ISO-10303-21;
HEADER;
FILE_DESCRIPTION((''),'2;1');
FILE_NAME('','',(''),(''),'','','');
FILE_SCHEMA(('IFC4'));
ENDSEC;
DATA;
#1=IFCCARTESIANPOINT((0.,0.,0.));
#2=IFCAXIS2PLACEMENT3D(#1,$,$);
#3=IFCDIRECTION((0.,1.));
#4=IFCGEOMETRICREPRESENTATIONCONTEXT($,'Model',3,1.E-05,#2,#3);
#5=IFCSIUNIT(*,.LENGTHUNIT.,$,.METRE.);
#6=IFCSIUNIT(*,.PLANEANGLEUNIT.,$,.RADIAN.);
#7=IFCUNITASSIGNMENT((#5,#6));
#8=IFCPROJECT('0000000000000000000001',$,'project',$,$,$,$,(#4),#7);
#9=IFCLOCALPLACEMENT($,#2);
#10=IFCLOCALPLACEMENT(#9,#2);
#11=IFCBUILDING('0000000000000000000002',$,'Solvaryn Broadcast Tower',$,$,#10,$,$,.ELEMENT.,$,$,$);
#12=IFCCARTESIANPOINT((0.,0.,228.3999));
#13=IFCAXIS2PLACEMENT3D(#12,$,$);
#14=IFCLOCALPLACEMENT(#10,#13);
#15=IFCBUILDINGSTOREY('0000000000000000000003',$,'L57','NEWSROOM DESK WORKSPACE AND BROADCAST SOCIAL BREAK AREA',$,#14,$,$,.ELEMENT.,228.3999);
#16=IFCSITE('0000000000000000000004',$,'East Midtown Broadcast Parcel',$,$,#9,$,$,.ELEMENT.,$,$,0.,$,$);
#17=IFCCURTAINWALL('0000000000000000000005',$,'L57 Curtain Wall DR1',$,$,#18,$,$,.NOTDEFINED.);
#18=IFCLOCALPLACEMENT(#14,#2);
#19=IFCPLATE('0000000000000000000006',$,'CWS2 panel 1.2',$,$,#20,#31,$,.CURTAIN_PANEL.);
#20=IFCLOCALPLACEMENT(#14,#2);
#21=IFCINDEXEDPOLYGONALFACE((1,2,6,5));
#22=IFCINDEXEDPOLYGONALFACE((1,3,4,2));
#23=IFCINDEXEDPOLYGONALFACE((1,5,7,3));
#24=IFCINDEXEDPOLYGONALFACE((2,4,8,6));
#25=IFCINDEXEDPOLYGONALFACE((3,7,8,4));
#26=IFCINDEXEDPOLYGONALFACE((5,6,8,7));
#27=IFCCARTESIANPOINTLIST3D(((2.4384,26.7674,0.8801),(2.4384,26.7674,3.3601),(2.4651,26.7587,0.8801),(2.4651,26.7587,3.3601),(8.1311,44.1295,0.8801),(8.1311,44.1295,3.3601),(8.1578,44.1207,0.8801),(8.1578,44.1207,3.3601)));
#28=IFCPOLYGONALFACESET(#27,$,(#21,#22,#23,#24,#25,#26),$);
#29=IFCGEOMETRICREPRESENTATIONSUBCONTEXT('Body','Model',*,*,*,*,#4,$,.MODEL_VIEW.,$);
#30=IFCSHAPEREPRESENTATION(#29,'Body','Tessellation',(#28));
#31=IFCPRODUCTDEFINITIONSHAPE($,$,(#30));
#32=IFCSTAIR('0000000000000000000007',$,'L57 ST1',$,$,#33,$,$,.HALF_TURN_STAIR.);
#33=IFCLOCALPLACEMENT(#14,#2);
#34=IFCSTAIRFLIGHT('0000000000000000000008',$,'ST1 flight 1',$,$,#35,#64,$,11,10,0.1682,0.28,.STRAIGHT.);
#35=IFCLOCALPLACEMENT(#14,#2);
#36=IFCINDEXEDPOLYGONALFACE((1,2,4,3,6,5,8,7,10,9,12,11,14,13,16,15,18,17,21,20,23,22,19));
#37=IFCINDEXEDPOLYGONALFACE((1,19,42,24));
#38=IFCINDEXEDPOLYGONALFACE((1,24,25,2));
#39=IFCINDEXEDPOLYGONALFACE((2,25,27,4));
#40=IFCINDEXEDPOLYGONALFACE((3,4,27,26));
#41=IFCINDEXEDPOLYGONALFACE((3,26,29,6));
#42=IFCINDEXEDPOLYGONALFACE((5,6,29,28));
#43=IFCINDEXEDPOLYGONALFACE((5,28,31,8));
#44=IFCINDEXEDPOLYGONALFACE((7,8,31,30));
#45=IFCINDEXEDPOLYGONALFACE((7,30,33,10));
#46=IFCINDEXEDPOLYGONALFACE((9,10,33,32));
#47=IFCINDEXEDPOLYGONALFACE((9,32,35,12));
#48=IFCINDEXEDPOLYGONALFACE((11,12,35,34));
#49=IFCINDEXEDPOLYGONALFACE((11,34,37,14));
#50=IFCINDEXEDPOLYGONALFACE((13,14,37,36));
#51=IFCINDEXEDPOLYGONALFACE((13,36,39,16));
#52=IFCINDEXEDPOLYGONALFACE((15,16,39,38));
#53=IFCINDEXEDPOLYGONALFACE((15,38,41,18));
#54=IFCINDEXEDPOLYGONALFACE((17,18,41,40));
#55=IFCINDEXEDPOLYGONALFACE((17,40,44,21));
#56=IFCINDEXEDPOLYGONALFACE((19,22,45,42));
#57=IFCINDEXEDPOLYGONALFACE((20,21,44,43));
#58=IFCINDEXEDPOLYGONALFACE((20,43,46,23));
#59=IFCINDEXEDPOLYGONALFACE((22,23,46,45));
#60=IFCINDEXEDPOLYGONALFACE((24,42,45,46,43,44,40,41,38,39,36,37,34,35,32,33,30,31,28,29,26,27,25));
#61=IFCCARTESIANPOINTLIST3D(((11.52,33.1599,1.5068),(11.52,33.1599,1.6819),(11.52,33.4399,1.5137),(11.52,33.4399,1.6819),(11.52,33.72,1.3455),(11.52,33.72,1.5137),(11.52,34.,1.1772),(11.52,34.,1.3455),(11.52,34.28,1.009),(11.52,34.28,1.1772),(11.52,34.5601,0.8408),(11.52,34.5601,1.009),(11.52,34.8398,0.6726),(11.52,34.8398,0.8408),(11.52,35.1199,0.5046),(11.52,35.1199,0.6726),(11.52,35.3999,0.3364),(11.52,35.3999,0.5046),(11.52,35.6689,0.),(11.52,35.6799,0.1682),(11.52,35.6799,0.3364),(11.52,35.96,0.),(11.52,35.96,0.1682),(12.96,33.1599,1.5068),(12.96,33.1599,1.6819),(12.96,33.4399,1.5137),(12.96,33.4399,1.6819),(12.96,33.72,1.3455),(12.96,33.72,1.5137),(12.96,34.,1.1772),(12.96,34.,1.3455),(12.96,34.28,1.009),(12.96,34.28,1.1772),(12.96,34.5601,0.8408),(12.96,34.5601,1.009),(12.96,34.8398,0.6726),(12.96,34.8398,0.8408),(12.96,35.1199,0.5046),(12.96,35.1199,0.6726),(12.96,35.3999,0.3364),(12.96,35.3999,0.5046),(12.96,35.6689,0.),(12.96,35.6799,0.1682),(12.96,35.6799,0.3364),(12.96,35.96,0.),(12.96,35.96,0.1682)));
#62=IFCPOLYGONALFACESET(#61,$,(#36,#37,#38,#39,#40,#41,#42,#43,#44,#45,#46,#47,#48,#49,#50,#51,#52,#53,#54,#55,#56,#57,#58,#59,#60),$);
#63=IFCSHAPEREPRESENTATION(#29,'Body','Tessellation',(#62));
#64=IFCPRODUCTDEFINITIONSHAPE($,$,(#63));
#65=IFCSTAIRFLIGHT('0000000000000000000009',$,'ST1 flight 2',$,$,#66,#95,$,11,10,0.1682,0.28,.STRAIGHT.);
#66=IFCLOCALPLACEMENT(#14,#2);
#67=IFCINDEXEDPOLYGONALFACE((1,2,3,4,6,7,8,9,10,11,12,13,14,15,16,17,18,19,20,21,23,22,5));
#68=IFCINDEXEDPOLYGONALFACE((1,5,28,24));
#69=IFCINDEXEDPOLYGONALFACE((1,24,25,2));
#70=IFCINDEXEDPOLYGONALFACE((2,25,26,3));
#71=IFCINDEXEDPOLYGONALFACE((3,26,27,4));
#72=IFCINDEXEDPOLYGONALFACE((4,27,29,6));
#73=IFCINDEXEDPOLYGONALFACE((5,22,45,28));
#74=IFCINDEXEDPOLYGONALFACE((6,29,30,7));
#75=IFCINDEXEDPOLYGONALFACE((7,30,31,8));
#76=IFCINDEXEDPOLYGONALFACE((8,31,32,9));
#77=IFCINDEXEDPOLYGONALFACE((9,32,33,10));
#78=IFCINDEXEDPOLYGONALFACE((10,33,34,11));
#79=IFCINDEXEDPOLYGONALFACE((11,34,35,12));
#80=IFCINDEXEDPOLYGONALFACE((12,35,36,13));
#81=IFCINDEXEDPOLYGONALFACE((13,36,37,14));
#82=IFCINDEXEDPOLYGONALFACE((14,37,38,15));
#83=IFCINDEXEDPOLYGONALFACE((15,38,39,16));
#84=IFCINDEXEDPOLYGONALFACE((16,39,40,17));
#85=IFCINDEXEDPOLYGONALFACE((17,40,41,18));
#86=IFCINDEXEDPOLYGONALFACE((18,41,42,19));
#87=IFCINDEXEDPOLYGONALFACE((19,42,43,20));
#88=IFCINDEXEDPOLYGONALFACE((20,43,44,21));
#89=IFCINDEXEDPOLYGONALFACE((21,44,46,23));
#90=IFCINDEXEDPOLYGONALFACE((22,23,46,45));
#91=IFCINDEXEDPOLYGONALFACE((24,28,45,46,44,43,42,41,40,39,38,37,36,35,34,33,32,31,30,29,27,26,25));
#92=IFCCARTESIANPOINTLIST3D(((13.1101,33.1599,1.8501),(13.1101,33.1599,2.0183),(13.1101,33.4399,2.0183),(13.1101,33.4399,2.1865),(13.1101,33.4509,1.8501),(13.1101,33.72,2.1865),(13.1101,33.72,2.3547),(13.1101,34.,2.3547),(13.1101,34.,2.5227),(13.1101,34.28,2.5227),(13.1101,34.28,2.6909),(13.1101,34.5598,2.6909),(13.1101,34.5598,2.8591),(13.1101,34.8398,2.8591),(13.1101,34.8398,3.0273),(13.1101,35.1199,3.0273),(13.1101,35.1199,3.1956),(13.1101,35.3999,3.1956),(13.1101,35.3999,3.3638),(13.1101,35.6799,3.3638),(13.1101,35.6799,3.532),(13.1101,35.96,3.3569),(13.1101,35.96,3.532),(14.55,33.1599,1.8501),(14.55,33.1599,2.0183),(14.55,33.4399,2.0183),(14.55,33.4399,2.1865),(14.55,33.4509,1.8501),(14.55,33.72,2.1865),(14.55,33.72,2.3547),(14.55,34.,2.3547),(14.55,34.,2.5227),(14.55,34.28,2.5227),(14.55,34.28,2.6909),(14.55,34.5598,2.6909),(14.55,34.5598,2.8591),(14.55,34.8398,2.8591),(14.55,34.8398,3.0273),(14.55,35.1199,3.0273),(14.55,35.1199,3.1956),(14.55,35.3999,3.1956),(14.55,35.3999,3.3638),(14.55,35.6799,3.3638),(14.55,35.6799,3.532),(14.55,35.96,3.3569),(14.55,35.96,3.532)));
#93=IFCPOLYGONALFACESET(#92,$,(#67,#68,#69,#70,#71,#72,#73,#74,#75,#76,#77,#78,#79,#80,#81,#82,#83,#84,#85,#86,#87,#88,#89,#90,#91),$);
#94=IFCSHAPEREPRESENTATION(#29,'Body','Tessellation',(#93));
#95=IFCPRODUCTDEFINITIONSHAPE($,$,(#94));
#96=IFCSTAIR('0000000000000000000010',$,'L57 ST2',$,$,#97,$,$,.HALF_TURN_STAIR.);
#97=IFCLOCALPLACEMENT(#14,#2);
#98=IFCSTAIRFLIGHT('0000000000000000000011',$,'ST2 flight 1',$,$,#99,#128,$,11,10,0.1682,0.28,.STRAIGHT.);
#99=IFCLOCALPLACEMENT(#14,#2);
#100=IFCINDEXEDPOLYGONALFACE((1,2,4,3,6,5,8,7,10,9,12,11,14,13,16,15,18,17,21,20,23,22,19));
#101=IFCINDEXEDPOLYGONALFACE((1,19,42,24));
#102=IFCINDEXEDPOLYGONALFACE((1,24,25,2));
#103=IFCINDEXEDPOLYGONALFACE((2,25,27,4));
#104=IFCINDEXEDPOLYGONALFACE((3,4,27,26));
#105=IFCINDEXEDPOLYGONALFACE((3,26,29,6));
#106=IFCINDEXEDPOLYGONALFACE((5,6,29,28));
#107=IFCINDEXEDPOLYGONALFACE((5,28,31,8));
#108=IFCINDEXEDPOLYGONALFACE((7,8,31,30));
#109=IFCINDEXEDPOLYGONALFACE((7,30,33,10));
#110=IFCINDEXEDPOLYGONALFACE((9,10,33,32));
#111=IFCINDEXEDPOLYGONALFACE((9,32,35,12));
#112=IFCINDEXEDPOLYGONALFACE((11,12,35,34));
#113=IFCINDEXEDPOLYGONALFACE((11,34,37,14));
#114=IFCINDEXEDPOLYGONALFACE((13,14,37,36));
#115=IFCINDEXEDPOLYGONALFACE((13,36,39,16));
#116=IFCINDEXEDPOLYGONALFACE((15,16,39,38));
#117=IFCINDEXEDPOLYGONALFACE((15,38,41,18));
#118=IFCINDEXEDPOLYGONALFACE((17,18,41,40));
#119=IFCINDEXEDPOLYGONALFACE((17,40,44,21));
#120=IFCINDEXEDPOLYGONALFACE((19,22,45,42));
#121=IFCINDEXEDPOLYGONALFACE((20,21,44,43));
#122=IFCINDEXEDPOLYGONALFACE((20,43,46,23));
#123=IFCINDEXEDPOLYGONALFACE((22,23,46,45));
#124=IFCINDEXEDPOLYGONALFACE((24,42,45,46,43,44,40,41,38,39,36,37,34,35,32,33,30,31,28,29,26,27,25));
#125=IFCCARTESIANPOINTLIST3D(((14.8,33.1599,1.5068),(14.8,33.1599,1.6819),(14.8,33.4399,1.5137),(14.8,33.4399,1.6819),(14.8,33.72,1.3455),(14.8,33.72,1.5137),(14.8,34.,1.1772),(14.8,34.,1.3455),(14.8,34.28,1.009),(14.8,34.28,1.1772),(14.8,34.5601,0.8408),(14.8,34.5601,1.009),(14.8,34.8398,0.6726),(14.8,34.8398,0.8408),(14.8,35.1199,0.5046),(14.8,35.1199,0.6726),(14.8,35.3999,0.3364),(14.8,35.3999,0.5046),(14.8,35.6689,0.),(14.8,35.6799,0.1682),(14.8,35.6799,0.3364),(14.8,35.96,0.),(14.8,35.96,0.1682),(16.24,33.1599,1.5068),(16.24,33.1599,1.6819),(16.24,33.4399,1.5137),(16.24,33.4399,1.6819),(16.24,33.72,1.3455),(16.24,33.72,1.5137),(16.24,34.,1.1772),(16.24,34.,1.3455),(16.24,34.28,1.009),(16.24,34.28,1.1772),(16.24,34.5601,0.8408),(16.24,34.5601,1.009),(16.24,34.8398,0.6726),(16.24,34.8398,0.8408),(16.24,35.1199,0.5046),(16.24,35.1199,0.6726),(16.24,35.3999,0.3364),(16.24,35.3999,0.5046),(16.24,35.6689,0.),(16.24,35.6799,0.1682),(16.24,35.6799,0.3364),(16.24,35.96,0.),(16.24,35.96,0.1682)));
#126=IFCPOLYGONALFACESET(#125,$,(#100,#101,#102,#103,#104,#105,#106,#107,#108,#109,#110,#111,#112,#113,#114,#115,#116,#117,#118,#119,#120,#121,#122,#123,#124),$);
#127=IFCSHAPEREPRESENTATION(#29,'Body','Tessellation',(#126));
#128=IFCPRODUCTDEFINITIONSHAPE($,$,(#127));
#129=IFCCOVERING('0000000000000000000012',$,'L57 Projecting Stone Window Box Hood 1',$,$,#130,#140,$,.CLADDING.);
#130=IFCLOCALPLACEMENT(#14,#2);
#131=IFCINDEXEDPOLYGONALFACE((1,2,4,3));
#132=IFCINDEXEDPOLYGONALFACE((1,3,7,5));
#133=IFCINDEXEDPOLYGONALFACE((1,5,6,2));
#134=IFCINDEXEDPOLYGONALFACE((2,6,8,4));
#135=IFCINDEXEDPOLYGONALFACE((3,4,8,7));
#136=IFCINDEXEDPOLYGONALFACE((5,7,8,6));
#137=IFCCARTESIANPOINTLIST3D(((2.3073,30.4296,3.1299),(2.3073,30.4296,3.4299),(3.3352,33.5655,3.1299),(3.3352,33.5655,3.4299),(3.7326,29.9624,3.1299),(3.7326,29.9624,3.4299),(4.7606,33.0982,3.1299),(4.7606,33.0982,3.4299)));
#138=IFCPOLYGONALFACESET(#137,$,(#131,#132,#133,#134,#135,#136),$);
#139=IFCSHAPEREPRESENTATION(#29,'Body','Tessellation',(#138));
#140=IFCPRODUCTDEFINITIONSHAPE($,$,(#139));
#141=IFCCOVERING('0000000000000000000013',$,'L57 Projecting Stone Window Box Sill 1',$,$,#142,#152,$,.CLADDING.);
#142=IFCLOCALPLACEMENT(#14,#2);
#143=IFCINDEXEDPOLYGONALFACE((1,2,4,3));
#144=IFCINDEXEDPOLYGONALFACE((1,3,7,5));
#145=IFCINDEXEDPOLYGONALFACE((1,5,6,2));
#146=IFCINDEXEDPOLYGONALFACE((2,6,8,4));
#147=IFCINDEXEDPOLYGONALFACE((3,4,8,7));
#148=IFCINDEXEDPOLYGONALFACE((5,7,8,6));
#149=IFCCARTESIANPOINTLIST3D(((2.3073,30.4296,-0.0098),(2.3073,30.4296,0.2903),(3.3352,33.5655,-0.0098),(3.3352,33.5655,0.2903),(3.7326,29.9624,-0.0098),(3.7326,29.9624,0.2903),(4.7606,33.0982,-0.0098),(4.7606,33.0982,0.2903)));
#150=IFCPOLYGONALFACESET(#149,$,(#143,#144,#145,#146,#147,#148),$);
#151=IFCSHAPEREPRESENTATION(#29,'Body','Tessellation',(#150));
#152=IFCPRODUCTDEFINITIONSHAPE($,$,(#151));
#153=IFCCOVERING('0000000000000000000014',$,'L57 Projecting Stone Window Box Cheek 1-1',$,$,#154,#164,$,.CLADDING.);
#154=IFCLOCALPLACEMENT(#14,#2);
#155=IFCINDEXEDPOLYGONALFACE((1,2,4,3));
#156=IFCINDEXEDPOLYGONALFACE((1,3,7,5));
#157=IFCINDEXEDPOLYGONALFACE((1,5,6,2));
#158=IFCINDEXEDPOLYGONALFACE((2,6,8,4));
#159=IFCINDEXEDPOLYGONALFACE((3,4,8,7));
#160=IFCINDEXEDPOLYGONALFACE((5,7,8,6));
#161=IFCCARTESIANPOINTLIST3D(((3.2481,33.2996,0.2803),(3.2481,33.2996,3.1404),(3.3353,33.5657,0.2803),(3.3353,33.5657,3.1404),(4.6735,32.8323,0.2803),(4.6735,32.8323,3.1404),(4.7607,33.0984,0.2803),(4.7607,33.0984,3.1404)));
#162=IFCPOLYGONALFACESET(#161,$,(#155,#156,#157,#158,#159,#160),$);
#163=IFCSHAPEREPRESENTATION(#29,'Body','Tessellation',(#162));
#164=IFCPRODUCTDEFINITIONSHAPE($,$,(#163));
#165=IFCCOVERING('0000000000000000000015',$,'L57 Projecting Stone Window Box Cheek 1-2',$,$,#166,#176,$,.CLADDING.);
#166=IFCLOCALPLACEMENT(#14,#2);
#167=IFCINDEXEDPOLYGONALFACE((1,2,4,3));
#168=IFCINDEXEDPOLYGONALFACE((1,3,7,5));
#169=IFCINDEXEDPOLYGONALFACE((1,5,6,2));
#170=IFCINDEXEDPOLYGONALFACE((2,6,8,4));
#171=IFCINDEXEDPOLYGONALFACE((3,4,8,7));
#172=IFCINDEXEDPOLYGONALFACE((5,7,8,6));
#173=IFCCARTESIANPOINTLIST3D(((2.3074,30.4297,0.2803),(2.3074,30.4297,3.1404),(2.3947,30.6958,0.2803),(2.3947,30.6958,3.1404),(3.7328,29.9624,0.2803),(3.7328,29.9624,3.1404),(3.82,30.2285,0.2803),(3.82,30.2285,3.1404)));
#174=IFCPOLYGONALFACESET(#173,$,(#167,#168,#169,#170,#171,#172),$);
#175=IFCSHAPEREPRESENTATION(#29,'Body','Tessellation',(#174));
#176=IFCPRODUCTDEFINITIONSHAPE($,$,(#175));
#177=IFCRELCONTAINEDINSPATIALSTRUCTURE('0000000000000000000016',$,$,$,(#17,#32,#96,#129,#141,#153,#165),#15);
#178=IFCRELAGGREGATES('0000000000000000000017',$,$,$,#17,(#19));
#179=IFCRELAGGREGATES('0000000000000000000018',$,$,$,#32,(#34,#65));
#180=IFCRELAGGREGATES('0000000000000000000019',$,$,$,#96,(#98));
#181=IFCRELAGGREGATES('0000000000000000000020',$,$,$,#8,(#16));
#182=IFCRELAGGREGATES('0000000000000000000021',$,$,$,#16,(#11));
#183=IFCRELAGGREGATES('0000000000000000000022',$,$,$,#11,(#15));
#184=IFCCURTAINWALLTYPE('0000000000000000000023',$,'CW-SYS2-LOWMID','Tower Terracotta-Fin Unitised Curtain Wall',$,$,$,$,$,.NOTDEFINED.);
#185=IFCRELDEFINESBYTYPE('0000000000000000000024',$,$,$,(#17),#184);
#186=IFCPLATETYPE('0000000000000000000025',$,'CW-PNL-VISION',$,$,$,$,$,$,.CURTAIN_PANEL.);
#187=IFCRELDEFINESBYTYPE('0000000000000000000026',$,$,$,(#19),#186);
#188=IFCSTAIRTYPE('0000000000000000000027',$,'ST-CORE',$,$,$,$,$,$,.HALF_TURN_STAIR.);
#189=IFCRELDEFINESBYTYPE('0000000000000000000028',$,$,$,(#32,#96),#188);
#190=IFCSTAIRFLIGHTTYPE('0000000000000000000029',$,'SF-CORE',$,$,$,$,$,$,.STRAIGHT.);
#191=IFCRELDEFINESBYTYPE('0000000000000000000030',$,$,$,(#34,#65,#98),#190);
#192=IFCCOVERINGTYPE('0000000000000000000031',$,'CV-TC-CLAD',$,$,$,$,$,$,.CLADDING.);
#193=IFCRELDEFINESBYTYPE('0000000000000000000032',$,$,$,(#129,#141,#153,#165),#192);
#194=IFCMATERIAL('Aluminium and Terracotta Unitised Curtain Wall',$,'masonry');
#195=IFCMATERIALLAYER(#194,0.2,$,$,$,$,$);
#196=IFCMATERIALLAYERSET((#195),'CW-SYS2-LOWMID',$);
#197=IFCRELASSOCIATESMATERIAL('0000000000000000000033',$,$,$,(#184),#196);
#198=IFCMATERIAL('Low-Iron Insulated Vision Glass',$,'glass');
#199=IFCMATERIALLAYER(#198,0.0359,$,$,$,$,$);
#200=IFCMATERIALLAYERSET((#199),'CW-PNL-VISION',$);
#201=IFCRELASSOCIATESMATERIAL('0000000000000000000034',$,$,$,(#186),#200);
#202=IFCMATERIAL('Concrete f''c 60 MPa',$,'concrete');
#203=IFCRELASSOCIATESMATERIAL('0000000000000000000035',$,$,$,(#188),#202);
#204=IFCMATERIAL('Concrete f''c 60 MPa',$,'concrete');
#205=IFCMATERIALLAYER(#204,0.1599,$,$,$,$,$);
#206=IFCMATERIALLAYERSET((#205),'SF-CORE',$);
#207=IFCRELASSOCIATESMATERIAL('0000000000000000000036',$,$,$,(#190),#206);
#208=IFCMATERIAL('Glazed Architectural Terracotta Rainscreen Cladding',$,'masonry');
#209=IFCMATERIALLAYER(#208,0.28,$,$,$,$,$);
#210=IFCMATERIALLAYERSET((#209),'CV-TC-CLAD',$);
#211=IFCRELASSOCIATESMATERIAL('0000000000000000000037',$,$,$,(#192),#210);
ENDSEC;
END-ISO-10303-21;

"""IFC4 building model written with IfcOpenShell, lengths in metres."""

from ifc_helpers import new_model, si_unit, direction, frame, origin, origin_2d, place, context, subcontext, project, spatial, polyline, rectangle, outline, extrude, material, layer, layer_set, type_object, element, aggregate, save


model = new_model("IFC4")

# Units and contexts
model_context = context("Model", 3, precision=1e-05, world=origin(), true_north=direction((0.0, 1.0)))
body_context = subcontext(model_context, "Body", "Model", "MODEL_VIEW")
ifc_project = project(units=[si_unit("LENGTHUNIT", "METRE"), si_unit("PLANEANGLEUNIT", "RADIAN")], contexts=[model_context])

# Site, building, storey
site_placement = place(None, origin())
site = spatial("IfcSite", under=ifc_project, at=site_placement, Name="East Midtown Broadcast Parcel", CompositionType="ELEMENT", RefElevation=0.0)
building_placement = place(site_placement, origin())
building = spatial("IfcBuilding", under=site, at=building_placement, Name="Solvaryn Broadcast Tower", CompositionType="ELEMENT")
storey_placement = place(building_placement, frame((0.0, 0.0, 228.3999)))
storey = spatial("IfcBuildingStorey", under=building, at=storey_placement, Name="L57", Description="NEWSROOM DESK WORKSPACE AND BROADCAST SOCIAL BREAK AREA", CompositionType="ELEMENT", Elevation=228.3999)

# Curtain wall, plate
ifc_material_1 = material(Name="Aluminium and Terracotta Unitised Curtain Wall", Category="masonry")
ifc_layer_1 = layer(ifc_material_1, 0.2)
ifc_layer_set_1 = layer_set([ifc_layer_1], Name="CW-SYS2-LOWMID")
curtain_wall_type = type_object("IfcCurtainWallType", Name="CW-SYS2-LOWMID", Description="Tower Terracotta-Fin Unitised Curtain Wall", PredefinedType="NOTDEFINED", material=ifc_layer_set_1)
curtain_wall_placement = place(storey_placement, origin())
curtain_wall = element("IfcCurtainWall", 1, at=curtain_wall_placement, inside=storey, type_object=curtain_wall_type, Name="L57 Curtain Wall DR1", PredefinedType="NOTDEFINED")
ifc_material_2 = material(Name="Low-Iron Insulated Vision Glass", Category="glass")
ifc_layer_2 = layer(ifc_material_2, 0.0359)
ifc_layer_set_2 = layer_set([ifc_layer_2], Name="CW-PNL-VISION")
plate_type = type_object("IfcPlateType", Name="CW-PNL-VISION", PredefinedType="CURTAIN_PANEL", material=ifc_layer_set_2)
plate_1_placement = place(storey_placement, frame((5.2981, 35.4441, 0.8801), z_axis=(0.0, 0.0, 1.0), x_axis=(-0.311559, -0.950227, 0.0)))
plate_1 = element("IfcPlate", 2, at=plate_1_placement, type_object=plate_type, Name="CWS2 panel 1.2", PredefinedType="CURTAIN_PANEL", context=body_context, shape_type="SweptSolid", body=[
    extrude(rectangle(XDim=18.2715, YDim=0.0281, at=origin_2d()), origin(), (0.0, 0.0, 1.0), 2.48),
])
aggregate(curtain_wall, [plate_1])

# Stair, stair flights
ifc_material_3 = material(Name="Concrete f'c 60 MPa", Category="concrete")
stair_type = type_object("IfcStairType", Name="ST-CORE", PredefinedType="HALF_TURN_STAIR", material=ifc_material_3)
stair_1_placement = place(storey_placement, origin())
stair_1 = element("IfcStair", 3, at=stair_1_placement, inside=storey, type_object=stair_type, Name="L57 ST1", PredefinedType="HALF_TURN_STAIR")
ifc_material_4 = material(Name="Concrete f'c 60 MPa", Category="concrete")
ifc_layer_3 = layer(ifc_material_4, 0.1599)
ifc_layer_set_3 = layer_set([ifc_layer_3], Name="SF-CORE")
stair_flight_type = type_object("IfcStairFlightType", Name="SF-CORE", PredefinedType="STRAIGHT", material=ifc_layer_set_3)
stair_flight_1_placement = place(storey_placement, frame((12.24, 35.96, 0.0), z_axis=(0.0, 0.0, 1.0), x_axis=(0.0, -1.0, 0.0)))
stair_flight_1 = element("IfcStairFlight", 4, at=stair_flight_1_placement, type_object=stair_flight_type, Name="ST1 flight 1", NumberOfRisers=11, NumberOfTreads=10, PredefinedType="STRAIGHT", RiserHeight=0.1682, TreadLength=0.28, context=body_context, shape_type="SweptSolid", body=[
    extrude(outline(polyline([(0.0, 0.0), (0.0, 0.1682), (0.28, 0.1682), (0.28, 0.3364), (0.5601, 0.3364), (0.5601, 0.5046), (0.8401, 0.5046), (0.8401, 0.6726), (1.1201, 0.6726), (1.1201, 0.8408), (1.3999, 0.8408), (1.3999, 1.009), (1.6799, 1.009), (1.6799, 1.1772), (1.96, 1.1772), (1.96, 1.3455), (2.24, 1.3455), (2.24, 1.5137), (2.52, 1.5137), (2.52, 1.6819), (2.8, 1.6819), (2.8, 1.8501), (2.8, 1.5068), (0.291, 0.0), (0.0, 0.0)])), frame((0.0, 0.72, 0.0), z_axis=(0.0, -1.0, 0.0), x_axis=(1.0, 0.0, 0.0)), (0.0, 0.0, 1.0), 1.4399),
])
stair_flight_2_placement = place(storey_placement, frame((13.8301, 33.1599, 1.8501), z_axis=(0.0, 0.0, 1.0), x_axis=(0.0, 1.0, 0.0)))
stair_flight_2 = element("IfcStairFlight", 5, at=stair_flight_2_placement, type_object=stair_flight_type, Name="ST1 flight 2", NumberOfRisers=11, NumberOfTreads=10, PredefinedType="STRAIGHT", RiserHeight=0.1682, TreadLength=0.28, context=body_context, shape_type="SweptSolid", body=[
    extrude(outline(polyline([(0.0, 0.0), (0.0, 0.1682), (0.28, 0.1682), (0.28, 0.3364), (0.5601, 0.3364), (0.5601, 0.5046), (0.8401, 0.5046), (0.8401, 0.6726), (1.1201, 0.6726), (1.1201, 0.8408), (1.3999, 0.8408), (1.3999, 1.009), (1.6799, 1.009), (1.6799, 1.1772), (1.96, 1.1772), (1.96, 1.3455), (2.24, 1.3455), (2.24, 1.5137), (2.52, 1.5137), (2.52, 1.6819), (2.8, 1.6819), (2.8, 1.8501), (2.8, 1.5068), (0.291, 0.0), (0.0, 0.0)])), frame((0.0, 0.72, 0.0), z_axis=(0.0, -1.0, 0.0), x_axis=(1.0, 0.0, 0.0)), (0.0, 0.0, 1.0), 1.4399),
])
aggregate(stair_1, [stair_flight_1, stair_flight_2])

# Stair, stair flight
stair_2_placement = place(storey_placement, origin())
stair_2 = element("IfcStair", 6, at=stair_2_placement, inside=storey, type_object=stair_type, Name="L57 ST2", PredefinedType="HALF_TURN_STAIR")
stair_flight_3_placement = place(storey_placement, frame((15.52, 35.96, 0.0), z_axis=(0.0, 0.0, 1.0), x_axis=(0.0, -1.0, 0.0)))
stair_flight_3 = element("IfcStairFlight", 7, at=stair_flight_3_placement, type_object=stair_flight_type, Name="ST2 flight 1", NumberOfRisers=11, NumberOfTreads=10, PredefinedType="STRAIGHT", RiserHeight=0.1682, TreadLength=0.28, context=body_context, shape_type="SweptSolid", body=[
    extrude(outline(polyline([(0.0, 0.0), (0.0, 0.1682), (0.28, 0.1682), (0.28, 0.3364), (0.5601, 0.3364), (0.5601, 0.5046), (0.8401, 0.5046), (0.8401, 0.6726), (1.1201, 0.6726), (1.1201, 0.8408), (1.3999, 0.8408), (1.3999, 1.009), (1.6799, 1.009), (1.6799, 1.1772), (1.96, 1.1772), (1.96, 1.3455), (2.24, 1.3455), (2.24, 1.5137), (2.52, 1.5137), (2.52, 1.6819), (2.8, 1.6819), (2.8, 1.8501), (2.8, 1.5068), (0.291, 0.0), (0.0, 0.0)])), frame((0.0, 0.72, 0.0), z_axis=(0.0, -1.0, 0.0), x_axis=(1.0, 0.0, 0.0)), (0.0, 0.0, 1.0), 1.4399),
])
aggregate(stair_2, [stair_flight_3])

# Coverings
ifc_material_5 = material(Name="Glazed Architectural Terracotta Rainscreen Cladding", Category="masonry")
ifc_layer_4 = layer(ifc_material_5, 0.28)
ifc_layer_set_4 = layer_set([ifc_layer_4], Name="CV-TC-CLAD")
covering_type = type_object("IfcCoveringType", Name="CV-TC-CLAD", PredefinedType="CLADDING", material=ifc_layer_set_4)
for number, where, z_axis, x_axis, name in (
    (8, (3.5339, 31.7639, 3.1299), (0.0, 0.0, 1.0), (-0.311506, -0.950244, 0.0), "L57 Projecting Stone Window Box Hood 1"),
    (9, (3.5339, 31.7639, -0.0098), (0.0, 0.0, 1.0), (-0.311506, -0.950244, 0.0), "L57 Projecting Stone Window Box Sill 1"),
):
    element("IfcCovering", number, at=place(storey_placement, frame(where, z_axis=z_axis, x_axis=x_axis)), inside=storey, type_object=covering_type, Name=name, PredefinedType="CLADDING", context=body_context, shape_type="SweptSolid", body=[
        extrude(rectangle(XDim=3.3, YDim=1.5, at=origin_2d()), origin(), (0.0, 0.0, 1.0), 0.3),
    ])
for number, where, z_axis, x_axis, name in (
    (10, (4.0044, 33.199, 0.2803), (0.0, 0.0, 1.0), (-0.311506, -0.950244, 0.0), "L57 Projecting Stone Window Box Cheek 1-1"),
    (11, (3.0637, 30.3291, 0.2803), (0.0, 0.0, 1.0), (-0.311506, -0.950244, 0.0), "L57 Projecting Stone Window Box Cheek 1-2"),
):
    element("IfcCovering", number, at=place(storey_placement, frame(where, z_axis=z_axis, x_axis=x_axis)), inside=storey, type_object=covering_type, Name=name, PredefinedType="CLADDING", context=body_context, shape_type="SweptSolid", body=[
        extrude(rectangle(XDim=0.28, YDim=1.5, at=origin_2d()), origin(), (0.0, 0.0, 1.0), 2.8601),
    ])

save(model, "model.ifc")
